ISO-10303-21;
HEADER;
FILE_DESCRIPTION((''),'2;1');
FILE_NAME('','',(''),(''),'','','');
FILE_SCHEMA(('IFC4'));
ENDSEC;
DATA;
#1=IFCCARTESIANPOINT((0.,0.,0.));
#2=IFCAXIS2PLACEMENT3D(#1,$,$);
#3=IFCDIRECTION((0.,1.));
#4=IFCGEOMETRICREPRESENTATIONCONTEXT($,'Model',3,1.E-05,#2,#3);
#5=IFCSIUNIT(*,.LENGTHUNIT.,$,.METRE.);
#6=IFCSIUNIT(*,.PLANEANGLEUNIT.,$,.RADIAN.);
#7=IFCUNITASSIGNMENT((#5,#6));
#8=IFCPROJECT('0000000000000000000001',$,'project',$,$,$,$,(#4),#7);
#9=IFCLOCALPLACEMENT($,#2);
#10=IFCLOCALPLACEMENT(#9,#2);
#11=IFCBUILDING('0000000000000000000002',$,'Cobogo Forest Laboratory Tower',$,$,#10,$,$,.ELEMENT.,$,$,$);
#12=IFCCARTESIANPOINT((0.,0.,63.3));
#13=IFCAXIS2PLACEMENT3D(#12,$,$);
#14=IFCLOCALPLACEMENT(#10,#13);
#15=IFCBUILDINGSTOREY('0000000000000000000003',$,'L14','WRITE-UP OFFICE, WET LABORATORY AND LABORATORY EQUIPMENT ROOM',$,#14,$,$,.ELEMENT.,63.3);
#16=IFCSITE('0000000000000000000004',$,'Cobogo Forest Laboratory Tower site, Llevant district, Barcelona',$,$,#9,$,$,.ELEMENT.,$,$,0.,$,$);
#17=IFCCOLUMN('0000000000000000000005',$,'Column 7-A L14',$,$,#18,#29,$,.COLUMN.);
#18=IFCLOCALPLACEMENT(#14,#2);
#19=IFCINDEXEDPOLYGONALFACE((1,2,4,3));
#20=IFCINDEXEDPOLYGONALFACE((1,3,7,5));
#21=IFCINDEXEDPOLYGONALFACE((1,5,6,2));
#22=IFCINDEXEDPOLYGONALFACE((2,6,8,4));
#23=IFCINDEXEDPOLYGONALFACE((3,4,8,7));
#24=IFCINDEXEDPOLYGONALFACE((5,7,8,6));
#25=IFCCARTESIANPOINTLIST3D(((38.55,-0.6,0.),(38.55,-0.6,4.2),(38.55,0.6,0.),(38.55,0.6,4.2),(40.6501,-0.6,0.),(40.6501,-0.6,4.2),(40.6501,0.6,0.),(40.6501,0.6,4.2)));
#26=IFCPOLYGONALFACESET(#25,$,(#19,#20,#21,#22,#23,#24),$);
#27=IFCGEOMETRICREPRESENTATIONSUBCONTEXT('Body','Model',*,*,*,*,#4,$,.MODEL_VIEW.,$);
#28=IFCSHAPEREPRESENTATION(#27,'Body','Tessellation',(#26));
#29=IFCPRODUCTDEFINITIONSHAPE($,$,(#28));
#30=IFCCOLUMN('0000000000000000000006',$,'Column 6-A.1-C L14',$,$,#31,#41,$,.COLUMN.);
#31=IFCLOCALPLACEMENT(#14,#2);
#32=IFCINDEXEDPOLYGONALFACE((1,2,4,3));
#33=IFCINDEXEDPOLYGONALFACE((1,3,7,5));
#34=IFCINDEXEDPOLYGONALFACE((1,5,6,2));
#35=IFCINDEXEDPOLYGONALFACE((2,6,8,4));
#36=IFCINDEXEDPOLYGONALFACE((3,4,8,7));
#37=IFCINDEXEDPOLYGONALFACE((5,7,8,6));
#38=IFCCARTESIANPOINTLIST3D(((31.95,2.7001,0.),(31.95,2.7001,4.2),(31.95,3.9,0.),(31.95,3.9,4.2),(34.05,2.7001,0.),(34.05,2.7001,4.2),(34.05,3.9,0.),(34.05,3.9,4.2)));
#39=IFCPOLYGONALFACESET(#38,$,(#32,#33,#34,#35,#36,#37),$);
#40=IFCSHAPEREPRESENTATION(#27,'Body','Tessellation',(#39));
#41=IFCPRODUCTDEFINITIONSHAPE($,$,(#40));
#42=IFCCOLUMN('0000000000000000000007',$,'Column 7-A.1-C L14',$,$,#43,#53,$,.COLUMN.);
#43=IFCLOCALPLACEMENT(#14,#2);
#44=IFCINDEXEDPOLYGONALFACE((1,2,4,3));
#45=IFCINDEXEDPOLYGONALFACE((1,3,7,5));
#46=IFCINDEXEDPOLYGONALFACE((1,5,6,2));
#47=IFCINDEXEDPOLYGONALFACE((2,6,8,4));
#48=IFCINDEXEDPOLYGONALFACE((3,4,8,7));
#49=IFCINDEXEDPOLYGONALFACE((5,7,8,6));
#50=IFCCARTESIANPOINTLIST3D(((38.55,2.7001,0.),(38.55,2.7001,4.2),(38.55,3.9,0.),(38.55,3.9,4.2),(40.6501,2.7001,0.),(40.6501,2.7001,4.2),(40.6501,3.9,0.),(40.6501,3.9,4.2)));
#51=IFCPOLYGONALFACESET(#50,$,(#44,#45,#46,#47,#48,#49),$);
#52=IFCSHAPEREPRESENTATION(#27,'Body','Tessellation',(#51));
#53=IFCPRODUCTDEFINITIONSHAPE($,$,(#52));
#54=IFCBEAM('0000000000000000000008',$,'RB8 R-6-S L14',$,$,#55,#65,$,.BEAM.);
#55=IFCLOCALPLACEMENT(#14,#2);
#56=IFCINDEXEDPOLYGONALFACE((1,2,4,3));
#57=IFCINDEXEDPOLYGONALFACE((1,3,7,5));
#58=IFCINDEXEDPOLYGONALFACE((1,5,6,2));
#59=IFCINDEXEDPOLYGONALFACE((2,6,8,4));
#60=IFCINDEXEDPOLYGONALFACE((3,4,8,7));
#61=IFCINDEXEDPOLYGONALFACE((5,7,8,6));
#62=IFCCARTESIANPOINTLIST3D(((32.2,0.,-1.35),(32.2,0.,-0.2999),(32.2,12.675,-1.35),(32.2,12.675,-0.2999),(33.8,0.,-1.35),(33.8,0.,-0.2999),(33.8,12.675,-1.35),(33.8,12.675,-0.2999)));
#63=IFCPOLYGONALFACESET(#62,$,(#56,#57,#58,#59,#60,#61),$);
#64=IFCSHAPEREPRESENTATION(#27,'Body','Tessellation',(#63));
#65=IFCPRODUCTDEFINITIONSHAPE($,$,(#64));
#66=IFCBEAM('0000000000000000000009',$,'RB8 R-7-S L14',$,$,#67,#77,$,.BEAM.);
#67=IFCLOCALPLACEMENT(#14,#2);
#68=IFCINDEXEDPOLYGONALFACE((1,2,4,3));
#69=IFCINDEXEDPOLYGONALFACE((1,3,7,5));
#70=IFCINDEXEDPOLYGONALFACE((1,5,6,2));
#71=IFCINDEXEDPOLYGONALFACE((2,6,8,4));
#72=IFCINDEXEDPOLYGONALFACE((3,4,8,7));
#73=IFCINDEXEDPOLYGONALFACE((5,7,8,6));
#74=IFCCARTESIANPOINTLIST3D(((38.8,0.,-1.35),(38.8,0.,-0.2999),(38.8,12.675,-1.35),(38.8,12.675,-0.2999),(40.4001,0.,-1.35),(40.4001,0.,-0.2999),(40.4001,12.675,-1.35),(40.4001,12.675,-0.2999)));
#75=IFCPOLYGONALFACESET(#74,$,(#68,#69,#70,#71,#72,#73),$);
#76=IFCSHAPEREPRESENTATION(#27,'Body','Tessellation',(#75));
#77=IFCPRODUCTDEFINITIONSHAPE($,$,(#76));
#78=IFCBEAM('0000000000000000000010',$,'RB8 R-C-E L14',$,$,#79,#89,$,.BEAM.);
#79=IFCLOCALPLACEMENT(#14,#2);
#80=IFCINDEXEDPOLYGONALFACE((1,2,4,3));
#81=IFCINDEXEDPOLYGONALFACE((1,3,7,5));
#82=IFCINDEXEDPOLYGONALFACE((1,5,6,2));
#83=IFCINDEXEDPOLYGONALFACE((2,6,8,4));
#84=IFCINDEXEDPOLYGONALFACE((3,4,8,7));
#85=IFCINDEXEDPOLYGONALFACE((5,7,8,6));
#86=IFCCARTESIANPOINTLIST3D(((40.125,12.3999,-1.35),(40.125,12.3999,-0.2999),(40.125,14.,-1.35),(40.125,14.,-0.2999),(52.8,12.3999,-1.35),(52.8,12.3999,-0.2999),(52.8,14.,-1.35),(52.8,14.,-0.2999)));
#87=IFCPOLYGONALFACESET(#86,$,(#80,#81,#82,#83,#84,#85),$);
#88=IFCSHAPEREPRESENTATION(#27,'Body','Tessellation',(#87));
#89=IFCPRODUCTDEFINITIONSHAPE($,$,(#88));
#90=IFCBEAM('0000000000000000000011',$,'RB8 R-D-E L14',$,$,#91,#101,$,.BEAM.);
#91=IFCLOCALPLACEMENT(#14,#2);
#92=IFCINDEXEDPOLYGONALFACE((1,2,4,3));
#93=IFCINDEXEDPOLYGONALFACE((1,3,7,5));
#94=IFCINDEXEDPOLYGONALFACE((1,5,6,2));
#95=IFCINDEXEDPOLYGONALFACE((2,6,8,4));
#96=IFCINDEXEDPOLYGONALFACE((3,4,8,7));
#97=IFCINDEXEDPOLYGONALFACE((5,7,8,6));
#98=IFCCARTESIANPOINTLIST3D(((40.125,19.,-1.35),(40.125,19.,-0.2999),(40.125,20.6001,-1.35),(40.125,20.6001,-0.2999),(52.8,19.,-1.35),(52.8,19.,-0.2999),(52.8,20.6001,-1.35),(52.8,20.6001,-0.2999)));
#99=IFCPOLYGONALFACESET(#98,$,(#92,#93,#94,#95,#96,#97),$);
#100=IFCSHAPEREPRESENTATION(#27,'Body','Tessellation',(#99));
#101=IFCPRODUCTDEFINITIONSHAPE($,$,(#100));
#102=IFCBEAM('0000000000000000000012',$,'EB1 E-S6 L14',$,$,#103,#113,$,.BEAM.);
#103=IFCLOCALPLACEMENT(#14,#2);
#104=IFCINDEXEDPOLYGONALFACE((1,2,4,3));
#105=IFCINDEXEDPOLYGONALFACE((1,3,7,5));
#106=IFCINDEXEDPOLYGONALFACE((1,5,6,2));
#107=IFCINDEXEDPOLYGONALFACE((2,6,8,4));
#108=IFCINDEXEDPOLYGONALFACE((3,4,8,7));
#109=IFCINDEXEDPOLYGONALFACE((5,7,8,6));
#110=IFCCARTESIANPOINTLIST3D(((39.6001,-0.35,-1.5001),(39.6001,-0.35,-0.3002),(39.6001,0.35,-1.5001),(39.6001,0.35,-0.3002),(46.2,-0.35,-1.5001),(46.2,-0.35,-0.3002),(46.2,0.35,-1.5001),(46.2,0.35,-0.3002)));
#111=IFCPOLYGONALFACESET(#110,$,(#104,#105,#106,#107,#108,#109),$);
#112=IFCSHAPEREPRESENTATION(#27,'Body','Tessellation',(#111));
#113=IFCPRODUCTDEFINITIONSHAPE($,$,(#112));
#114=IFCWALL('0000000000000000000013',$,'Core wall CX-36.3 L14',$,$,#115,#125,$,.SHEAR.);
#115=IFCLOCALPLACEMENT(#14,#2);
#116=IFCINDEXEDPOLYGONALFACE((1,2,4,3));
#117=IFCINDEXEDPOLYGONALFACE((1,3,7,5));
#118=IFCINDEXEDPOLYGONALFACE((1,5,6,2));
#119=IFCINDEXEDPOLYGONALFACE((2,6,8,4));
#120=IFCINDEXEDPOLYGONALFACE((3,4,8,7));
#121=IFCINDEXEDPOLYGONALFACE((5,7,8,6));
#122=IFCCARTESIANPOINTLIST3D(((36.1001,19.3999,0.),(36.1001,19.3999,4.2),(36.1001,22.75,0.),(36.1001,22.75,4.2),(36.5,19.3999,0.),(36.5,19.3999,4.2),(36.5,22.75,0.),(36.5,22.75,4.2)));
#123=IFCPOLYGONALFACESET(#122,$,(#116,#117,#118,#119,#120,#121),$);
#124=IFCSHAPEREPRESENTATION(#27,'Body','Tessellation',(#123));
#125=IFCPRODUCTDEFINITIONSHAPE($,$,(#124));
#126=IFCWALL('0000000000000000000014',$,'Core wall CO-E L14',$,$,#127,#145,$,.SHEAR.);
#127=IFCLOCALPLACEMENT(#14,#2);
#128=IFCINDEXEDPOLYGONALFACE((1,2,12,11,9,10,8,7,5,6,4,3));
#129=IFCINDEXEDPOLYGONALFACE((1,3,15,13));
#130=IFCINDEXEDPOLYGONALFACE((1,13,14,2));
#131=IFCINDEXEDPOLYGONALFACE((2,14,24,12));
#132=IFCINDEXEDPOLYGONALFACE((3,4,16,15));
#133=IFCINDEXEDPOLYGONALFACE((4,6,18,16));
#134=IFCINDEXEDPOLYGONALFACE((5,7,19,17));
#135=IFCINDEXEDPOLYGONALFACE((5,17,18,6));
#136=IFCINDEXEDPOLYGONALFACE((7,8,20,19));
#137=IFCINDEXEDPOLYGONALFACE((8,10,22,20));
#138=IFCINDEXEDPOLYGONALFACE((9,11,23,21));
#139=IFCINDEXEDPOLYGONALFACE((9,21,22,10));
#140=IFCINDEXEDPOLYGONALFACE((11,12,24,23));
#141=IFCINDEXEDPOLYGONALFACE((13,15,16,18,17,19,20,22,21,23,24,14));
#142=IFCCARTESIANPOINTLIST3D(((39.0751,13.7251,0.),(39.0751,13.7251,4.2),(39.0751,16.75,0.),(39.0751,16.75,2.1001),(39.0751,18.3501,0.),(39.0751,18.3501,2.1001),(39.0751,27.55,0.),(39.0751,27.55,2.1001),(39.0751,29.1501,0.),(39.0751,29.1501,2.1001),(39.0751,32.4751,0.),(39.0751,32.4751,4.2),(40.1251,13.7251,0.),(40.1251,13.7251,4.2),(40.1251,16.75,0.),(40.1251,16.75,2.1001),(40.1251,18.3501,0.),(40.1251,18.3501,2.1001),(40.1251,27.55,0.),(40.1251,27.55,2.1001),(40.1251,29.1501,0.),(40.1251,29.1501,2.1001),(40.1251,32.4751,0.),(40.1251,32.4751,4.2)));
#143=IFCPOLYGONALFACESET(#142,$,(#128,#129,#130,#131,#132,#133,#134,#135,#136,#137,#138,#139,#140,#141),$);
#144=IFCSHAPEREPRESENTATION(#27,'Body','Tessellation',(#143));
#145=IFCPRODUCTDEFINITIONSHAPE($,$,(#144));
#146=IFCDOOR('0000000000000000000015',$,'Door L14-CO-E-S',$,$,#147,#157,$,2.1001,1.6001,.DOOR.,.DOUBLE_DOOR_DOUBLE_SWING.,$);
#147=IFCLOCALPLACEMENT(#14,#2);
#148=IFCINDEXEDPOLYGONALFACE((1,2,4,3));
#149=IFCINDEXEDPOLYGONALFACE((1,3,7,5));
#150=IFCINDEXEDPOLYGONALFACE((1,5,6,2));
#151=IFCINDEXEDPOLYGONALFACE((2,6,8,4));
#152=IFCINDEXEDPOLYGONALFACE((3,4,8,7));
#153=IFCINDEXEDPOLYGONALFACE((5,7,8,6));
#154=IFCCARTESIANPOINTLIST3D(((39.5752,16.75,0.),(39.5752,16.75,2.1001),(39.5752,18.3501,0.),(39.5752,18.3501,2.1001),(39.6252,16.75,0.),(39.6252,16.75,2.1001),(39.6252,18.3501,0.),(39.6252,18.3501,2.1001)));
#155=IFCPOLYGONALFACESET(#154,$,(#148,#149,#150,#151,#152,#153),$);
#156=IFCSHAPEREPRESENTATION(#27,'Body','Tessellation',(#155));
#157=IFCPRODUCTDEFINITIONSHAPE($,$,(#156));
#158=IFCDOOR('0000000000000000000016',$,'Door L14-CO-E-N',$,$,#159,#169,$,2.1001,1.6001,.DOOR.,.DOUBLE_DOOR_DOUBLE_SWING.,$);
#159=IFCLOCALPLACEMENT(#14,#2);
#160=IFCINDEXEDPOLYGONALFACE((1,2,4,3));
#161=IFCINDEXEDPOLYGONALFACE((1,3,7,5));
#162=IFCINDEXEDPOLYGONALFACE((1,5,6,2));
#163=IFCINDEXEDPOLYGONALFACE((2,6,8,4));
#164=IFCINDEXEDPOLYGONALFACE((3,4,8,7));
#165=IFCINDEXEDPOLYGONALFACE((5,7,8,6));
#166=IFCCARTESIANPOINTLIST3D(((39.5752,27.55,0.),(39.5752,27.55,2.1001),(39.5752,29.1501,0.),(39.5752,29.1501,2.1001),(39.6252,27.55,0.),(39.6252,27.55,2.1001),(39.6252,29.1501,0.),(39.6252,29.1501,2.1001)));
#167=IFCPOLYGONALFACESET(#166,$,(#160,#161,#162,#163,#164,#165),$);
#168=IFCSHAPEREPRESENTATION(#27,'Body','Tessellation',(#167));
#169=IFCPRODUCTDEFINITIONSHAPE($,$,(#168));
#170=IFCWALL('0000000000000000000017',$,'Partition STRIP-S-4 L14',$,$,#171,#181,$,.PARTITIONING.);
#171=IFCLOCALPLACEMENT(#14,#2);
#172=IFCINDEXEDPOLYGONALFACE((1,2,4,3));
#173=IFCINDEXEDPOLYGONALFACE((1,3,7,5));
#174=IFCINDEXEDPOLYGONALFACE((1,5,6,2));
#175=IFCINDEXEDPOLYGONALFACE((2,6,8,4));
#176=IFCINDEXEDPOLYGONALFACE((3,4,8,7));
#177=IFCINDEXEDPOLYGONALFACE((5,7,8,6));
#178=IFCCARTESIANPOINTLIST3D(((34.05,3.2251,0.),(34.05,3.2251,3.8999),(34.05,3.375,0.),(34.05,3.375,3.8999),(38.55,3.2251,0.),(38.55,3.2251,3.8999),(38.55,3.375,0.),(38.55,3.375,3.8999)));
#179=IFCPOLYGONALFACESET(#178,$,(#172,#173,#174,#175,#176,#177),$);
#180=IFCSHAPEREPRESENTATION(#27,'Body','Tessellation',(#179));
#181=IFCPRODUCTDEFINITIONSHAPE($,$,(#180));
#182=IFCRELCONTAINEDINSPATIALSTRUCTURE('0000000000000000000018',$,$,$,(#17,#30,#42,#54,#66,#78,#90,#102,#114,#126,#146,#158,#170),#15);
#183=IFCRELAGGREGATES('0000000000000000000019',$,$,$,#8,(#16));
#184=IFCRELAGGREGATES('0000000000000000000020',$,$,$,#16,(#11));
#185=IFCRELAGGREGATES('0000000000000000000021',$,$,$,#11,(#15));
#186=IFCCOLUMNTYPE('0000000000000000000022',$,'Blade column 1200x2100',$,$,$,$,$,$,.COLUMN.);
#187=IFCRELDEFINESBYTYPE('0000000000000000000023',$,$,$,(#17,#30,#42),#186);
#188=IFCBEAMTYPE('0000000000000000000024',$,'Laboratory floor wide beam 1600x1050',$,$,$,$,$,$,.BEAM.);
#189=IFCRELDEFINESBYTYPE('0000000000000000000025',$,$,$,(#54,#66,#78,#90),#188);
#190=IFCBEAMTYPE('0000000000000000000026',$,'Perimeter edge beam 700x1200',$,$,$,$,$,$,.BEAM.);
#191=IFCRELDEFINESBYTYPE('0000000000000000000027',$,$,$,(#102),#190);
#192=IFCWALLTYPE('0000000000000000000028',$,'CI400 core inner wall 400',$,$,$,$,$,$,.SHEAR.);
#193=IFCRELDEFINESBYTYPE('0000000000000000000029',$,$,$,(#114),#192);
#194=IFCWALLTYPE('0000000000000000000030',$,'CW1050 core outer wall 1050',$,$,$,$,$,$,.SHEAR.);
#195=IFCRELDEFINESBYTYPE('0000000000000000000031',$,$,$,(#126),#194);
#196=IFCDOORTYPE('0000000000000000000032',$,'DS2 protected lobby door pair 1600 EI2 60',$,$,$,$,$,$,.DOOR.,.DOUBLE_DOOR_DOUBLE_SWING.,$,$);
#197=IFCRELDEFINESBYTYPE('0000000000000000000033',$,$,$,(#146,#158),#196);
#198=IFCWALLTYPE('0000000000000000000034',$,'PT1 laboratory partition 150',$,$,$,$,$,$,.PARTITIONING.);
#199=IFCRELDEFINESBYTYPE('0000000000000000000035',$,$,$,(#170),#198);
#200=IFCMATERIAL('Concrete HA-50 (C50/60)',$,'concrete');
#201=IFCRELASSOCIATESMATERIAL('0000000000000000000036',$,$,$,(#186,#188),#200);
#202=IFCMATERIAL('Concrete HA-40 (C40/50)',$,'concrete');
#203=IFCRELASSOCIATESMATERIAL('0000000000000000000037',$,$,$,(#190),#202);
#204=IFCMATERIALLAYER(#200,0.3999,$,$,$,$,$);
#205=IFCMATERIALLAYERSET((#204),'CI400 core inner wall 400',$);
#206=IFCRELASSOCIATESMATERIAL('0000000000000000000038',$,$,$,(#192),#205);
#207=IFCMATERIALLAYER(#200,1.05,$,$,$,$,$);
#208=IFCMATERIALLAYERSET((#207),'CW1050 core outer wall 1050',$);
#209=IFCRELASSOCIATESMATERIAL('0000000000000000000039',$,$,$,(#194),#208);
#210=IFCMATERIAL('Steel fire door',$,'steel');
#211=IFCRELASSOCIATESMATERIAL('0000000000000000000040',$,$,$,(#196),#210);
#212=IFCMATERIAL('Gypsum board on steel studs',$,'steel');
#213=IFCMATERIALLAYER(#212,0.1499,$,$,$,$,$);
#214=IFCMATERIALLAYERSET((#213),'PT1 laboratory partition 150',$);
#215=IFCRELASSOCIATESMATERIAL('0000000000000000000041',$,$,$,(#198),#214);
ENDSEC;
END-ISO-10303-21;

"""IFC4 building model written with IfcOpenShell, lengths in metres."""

from ifc_helpers import new_model, si_unit, direction, frame, frame_2d, origin, origin_2d, place, context, subcontext, project, spatial, rectangle, extrude, material, layer, layer_set, material_profile, profile_set, type_object, element, fill, save


model = new_model("IFC4")

# Units and contexts
model_context = context("Model", 3, precision=1e-05, world=origin(), true_north=direction((0.0, 1.0)))
body_context = subcontext(model_context, "Body", "Model", "MODEL_VIEW")
ifc_project = project(units=[si_unit("LENGTHUNIT", "METRE"), si_unit("PLANEANGLEUNIT", "RADIAN")], contexts=[model_context])

# Site, building, storey
site_placement = place(None, origin())
site = spatial("IfcSite", under=ifc_project, at=site_placement, Name="Cobogo Forest Laboratory Tower site, Llevant district, Barcelona", CompositionType="ELEMENT", RefElevation=0.0)
building_placement = place(site_placement, origin())
building = spatial("IfcBuilding", under=site, at=building_placement, Name="Cobogo Forest Laboratory Tower", CompositionType="ELEMENT")
storey_placement = place(building_placement, frame((0.0, 0.0, 63.3)))
storey = spatial("IfcBuildingStorey", under=building, at=storey_placement, Name="L14", Description="WRITE-UP OFFICE, WET LABORATORY AND LABORATORY EQUIPMENT ROOM", CompositionType="ELEMENT", Elevation=63.3)

# Columns
ifc_material_1 = material(Name="Concrete HA-50 (C50/60)", Category="concrete")
ifc_material_profile_1 = material_profile(ifc_material_1, rectangle(XDim=2.1001, YDim=1.2, at=origin_2d()), Name="RC 1200x2100")
ifc_profile_set_1 = profile_set([ifc_material_profile_1], Name="Concrete HA-50 (C50/60)")
column_type = type_object("IfcColumnType", Name="Blade column 1200x2100", PredefinedType="COLUMN", material=ifc_profile_set_1)
for number, where, z_axis, x_axis, name in (
    (1, (39.6001, 0.0, 0.0), (0.0, 0.0, 1.0), (1.0, 0.0, 0.0), "Column 7-A L14"),
    (2, (33.0, 3.3, 0.0), (0.0, 0.0, 1.0), (1.0, 0.0, 0.0), "Column 6-A.1-C L14"),
    (3, (39.6001, 3.3, 0.0), (0.0, 0.0, 1.0), (1.0, 0.0, 0.0), "Column 7-A.1-C L14"),
):
    element("IfcColumn", number, at=place(storey_placement, frame(where, z_axis=z_axis, x_axis=x_axis)), inside=storey, type_object=column_type, Name=name, PredefinedType="COLUMN", context=body_context, shape_type="SweptSolid", body=[
        extrude(rectangle(XDim=2.1001, YDim=1.2, at=origin_2d()), origin(), (0.0, 0.0, 1.0), 4.2),
    ])

# Beams
ifc_material_profile_2 = material_profile(ifc_material_1, rectangle(XDim=1.6001, YDim=1.05, at=origin_2d()), Name="RC 1600x1050")
ifc_profile_set_2 = profile_set([ifc_material_profile_2], Name="Concrete HA-50 (C50/60)")
beam_type_1 = type_object("IfcBeamType", Name="Laboratory floor wide beam 1600x1050", PredefinedType="BEAM", material=ifc_profile_set_2)
for number, where, z_axis, x_axis, name in (
    (4, (33.0, 12.675, -0.825), (0.0, -1.0, 0.0), (1.0, 0.0, 0.0), "RB8 R-6-S L14"),
    (5, (39.6001, 12.675, -0.825), (0.0, -1.0, 0.0), (1.0, 0.0, 0.0), "RB8 R-7-S L14"),
    (6, (40.125, 13.2, -0.825), (1.0, 0.0, 0.0), (0.0, 1.0, 0.0), "RB8 R-C-E L14"),
    (7, (40.125, 19.8, -0.825), (1.0, 0.0, 0.0), (0.0, 1.0, 0.0), "RB8 R-D-E L14"),
):
    element("IfcBeam", number, at=place(storey_placement, frame(where, z_axis=z_axis, x_axis=x_axis)), inside=storey, type_object=beam_type_1, Name=name, PredefinedType="BEAM", context=body_context, shape_type="SweptSolid", body=[
        extrude(rectangle(XDim=1.6001, YDim=1.05, at=origin_2d()), origin(), (0.0, 0.0, 1.0), 12.675),
    ])
ifc_material_2 = material(Name="Concrete HA-40 (C40/50)", Category="concrete")
ifc_material_profile_3 = material_profile(ifc_material_2, rectangle(XDim=0.7, YDim=1.2, at=origin_2d()), Name="RC 700x1200")
ifc_profile_set_3 = profile_set([ifc_material_profile_3], Name="Concrete HA-40 (C40/50)")
beam_type_2 = type_object("IfcBeamType", Name="Perimeter edge beam 700x1200", PredefinedType="BEAM", material=ifc_profile_set_3)
beam_placement = place(storey_placement, frame((39.6001, 0.0, -0.9001), z_axis=(1.0, 0.0, 0.0), x_axis=(0.0, 1.0, 0.0)))
element("IfcBeam", 8, at=beam_placement, inside=storey, type_object=beam_type_2, Name="EB1 E-S6 L14", PredefinedType="BEAM", context=body_context, shape_type="SweptSolid", body=[
    extrude(rectangle(XDim=0.7, YDim=1.2, at=origin_2d()), origin(), (0.0, 0.0, 1.0), 6.5999),
])

# Wall
ifc_layer_1 = layer(ifc_material_1, 0.3999)
ifc_layer_set_1 = layer_set([ifc_layer_1], Name="CI400 core inner wall 400")
wall_type_1 = type_object("IfcWallType", Name="CI400 core inner wall 400", PredefinedType="SHEAR", material=ifc_layer_set_1)
wall_1_placement = place(storey_placement, frame((36.3, 19.3999, 0.0), z_axis=(0.0, 0.0, 1.0), x_axis=(0.0, 1.0, 0.0)))
element("IfcWall", 9, at=wall_1_placement, inside=storey, type_object=wall_type_1, Name="Core wall CX-36.3 L14", PredefinedType="SHEAR", context=body_context, shape_type="SweptSolid", body=[
    extrude(rectangle(XDim=3.3501, YDim=0.3999, at=frame_2d((1.675, 0.0))), origin(), (0.0, 0.0, 1.0), 4.2),
])

# Wall, openings, doors
ifc_layer_2 = layer(ifc_material_1, 1.05)
ifc_layer_set_2 = layer_set([ifc_layer_2], Name="CW1050 core outer wall 1050")
wall_type_2 = type_object("IfcWallType", Name="CW1050 core outer wall 1050", PredefinedType="SHEAR", material=ifc_layer_set_2)
wall_2_placement = place(storey_placement, frame((39.6001, 13.7251, 0.0), z_axis=(0.0, 0.0, 1.0), x_axis=(0.0, 1.0, 0.0)))
wall_2 = element("IfcWall", 10, at=wall_2_placement, inside=storey, type_object=wall_type_2, Name="Core wall CO-E L14", PredefinedType="SHEAR", context=body_context, shape_type="SweptSolid", body=[
    extrude(rectangle(XDim=18.75, YDim=1.05, at=frame_2d((9.375, 0.0))), origin(), (0.0, 0.0, 1.0), 4.2),
])
opening_1_placement = place(wall_2_placement, frame((3.0249, 0.0, 0.0)))
opening_1 = element("IfcOpeningElement", 11, at=opening_1_placement, cuts=wall_2, PredefinedType="OPENING", context=body_context, shape_type="SweptSolid", body=[
    extrude(rectangle(XDim=1.6001, YDim=2.1001, at=frame_2d((0.8, 1.05))), frame((0.0, 0.5349, 0.0), z_axis=(0.0, -1.0, 0.0), x_axis=(1.0, 0.0, 0.0)), (0.0, 0.0, 1.0), 1.0701),
])
opening_2_placement = place(wall_2_placement, frame((13.825, 0.0, 0.0)))
opening_2 = element("IfcOpeningElement", 12, at=opening_2_placement, cuts=wall_2, PredefinedType="OPENING", context=body_context, shape_type="SweptSolid", body=[
    extrude(rectangle(XDim=1.6001, YDim=2.1001, at=frame_2d((0.8, 1.05))), frame((0.0, 0.5349, 0.0), z_axis=(0.0, -1.0, 0.0), x_axis=(1.0, 0.0, 0.0)), (0.0, 0.0, 1.0), 1.0701),
])
ifc_material_3 = material(Name="Steel fire door", Category="steel")
door_type_1 = type_object("IfcDoorType", Name="DS2 protected lobby door pair 1600 EI2 60", OperationType="DOUBLE_DOOR_DOUBLE_SWING", PredefinedType="DOOR", material=ifc_material_3)
door_1_placement = place(opening_1_placement, origin())
door_1 = element("IfcDoor", 13, at=door_1_placement, inside=storey, type_object=door_type_1, Name="Door L14-CO-E-S", OperationType="DOUBLE_DOOR_DOUBLE_SWING", OverallHeight=2.1001, OverallWidth=1.6001, PredefinedType="DOOR", context=body_context, shape_type="SweptSolid", body=[
    extrude(rectangle(XDim=1.6001, YDim=2.1001, at=frame_2d((0.8, 1.05))), frame((0.0, 0.0249, 0.0), z_axis=(0.0, -1.0, 0.0), x_axis=(1.0, 0.0, 0.0)), (0.0, 0.0, 1.0), 0.05),
])
fill(opening_1, door_1)
door_2_placement = place(opening_2_placement, origin())
door_2 = element("IfcDoor", 14, at=door_2_placement, inside=storey, type_object=door_type_1, Name="Door L14-CO-E-N", OperationType="DOUBLE_DOOR_DOUBLE_SWING", OverallHeight=2.1001, OverallWidth=1.6001, PredefinedType="DOOR", context=body_context, shape_type="SweptSolid", body=[
    extrude(rectangle(XDim=1.6001, YDim=2.1001, at=frame_2d((0.8, 1.05))), frame((0.0, 0.0249, 0.0), z_axis=(0.0, -1.0, 0.0), x_axis=(1.0, 0.0, 0.0)), (0.0, 0.0, 1.0), 0.05),
])
fill(opening_2, door_2)

# Wall
ifc_material_4 = material(Name="Gypsum board on steel studs", Category="steel")
ifc_layer_3 = layer(ifc_material_4, 0.1499)
ifc_layer_set_3 = layer_set([ifc_layer_3], Name="PT1 laboratory partition 150")
wall_type_3 = type_object("IfcWallType", Name="PT1 laboratory partition 150", PredefinedType="PARTITIONING", material=ifc_layer_set_3)
wall_3_placement = place(storey_placement, frame((34.05, 3.3, 0.0), z_axis=(0.0, 0.0, 1.0), x_axis=(1.0, 0.0, 0.0)))
element("IfcWall", 15, at=wall_3_placement, inside=storey, type_object=wall_type_3, Name="Partition STRIP-S-4 L14", PredefinedType="PARTITIONING", context=body_context, shape_type="SweptSolid", body=[
    extrude(rectangle(XDim=4.5, YDim=0.1499, at=frame_2d((2.25, 0.0))), origin(), (0.0, 0.0, 1.0), 3.8999),
])

save(model, "model.ifc")
